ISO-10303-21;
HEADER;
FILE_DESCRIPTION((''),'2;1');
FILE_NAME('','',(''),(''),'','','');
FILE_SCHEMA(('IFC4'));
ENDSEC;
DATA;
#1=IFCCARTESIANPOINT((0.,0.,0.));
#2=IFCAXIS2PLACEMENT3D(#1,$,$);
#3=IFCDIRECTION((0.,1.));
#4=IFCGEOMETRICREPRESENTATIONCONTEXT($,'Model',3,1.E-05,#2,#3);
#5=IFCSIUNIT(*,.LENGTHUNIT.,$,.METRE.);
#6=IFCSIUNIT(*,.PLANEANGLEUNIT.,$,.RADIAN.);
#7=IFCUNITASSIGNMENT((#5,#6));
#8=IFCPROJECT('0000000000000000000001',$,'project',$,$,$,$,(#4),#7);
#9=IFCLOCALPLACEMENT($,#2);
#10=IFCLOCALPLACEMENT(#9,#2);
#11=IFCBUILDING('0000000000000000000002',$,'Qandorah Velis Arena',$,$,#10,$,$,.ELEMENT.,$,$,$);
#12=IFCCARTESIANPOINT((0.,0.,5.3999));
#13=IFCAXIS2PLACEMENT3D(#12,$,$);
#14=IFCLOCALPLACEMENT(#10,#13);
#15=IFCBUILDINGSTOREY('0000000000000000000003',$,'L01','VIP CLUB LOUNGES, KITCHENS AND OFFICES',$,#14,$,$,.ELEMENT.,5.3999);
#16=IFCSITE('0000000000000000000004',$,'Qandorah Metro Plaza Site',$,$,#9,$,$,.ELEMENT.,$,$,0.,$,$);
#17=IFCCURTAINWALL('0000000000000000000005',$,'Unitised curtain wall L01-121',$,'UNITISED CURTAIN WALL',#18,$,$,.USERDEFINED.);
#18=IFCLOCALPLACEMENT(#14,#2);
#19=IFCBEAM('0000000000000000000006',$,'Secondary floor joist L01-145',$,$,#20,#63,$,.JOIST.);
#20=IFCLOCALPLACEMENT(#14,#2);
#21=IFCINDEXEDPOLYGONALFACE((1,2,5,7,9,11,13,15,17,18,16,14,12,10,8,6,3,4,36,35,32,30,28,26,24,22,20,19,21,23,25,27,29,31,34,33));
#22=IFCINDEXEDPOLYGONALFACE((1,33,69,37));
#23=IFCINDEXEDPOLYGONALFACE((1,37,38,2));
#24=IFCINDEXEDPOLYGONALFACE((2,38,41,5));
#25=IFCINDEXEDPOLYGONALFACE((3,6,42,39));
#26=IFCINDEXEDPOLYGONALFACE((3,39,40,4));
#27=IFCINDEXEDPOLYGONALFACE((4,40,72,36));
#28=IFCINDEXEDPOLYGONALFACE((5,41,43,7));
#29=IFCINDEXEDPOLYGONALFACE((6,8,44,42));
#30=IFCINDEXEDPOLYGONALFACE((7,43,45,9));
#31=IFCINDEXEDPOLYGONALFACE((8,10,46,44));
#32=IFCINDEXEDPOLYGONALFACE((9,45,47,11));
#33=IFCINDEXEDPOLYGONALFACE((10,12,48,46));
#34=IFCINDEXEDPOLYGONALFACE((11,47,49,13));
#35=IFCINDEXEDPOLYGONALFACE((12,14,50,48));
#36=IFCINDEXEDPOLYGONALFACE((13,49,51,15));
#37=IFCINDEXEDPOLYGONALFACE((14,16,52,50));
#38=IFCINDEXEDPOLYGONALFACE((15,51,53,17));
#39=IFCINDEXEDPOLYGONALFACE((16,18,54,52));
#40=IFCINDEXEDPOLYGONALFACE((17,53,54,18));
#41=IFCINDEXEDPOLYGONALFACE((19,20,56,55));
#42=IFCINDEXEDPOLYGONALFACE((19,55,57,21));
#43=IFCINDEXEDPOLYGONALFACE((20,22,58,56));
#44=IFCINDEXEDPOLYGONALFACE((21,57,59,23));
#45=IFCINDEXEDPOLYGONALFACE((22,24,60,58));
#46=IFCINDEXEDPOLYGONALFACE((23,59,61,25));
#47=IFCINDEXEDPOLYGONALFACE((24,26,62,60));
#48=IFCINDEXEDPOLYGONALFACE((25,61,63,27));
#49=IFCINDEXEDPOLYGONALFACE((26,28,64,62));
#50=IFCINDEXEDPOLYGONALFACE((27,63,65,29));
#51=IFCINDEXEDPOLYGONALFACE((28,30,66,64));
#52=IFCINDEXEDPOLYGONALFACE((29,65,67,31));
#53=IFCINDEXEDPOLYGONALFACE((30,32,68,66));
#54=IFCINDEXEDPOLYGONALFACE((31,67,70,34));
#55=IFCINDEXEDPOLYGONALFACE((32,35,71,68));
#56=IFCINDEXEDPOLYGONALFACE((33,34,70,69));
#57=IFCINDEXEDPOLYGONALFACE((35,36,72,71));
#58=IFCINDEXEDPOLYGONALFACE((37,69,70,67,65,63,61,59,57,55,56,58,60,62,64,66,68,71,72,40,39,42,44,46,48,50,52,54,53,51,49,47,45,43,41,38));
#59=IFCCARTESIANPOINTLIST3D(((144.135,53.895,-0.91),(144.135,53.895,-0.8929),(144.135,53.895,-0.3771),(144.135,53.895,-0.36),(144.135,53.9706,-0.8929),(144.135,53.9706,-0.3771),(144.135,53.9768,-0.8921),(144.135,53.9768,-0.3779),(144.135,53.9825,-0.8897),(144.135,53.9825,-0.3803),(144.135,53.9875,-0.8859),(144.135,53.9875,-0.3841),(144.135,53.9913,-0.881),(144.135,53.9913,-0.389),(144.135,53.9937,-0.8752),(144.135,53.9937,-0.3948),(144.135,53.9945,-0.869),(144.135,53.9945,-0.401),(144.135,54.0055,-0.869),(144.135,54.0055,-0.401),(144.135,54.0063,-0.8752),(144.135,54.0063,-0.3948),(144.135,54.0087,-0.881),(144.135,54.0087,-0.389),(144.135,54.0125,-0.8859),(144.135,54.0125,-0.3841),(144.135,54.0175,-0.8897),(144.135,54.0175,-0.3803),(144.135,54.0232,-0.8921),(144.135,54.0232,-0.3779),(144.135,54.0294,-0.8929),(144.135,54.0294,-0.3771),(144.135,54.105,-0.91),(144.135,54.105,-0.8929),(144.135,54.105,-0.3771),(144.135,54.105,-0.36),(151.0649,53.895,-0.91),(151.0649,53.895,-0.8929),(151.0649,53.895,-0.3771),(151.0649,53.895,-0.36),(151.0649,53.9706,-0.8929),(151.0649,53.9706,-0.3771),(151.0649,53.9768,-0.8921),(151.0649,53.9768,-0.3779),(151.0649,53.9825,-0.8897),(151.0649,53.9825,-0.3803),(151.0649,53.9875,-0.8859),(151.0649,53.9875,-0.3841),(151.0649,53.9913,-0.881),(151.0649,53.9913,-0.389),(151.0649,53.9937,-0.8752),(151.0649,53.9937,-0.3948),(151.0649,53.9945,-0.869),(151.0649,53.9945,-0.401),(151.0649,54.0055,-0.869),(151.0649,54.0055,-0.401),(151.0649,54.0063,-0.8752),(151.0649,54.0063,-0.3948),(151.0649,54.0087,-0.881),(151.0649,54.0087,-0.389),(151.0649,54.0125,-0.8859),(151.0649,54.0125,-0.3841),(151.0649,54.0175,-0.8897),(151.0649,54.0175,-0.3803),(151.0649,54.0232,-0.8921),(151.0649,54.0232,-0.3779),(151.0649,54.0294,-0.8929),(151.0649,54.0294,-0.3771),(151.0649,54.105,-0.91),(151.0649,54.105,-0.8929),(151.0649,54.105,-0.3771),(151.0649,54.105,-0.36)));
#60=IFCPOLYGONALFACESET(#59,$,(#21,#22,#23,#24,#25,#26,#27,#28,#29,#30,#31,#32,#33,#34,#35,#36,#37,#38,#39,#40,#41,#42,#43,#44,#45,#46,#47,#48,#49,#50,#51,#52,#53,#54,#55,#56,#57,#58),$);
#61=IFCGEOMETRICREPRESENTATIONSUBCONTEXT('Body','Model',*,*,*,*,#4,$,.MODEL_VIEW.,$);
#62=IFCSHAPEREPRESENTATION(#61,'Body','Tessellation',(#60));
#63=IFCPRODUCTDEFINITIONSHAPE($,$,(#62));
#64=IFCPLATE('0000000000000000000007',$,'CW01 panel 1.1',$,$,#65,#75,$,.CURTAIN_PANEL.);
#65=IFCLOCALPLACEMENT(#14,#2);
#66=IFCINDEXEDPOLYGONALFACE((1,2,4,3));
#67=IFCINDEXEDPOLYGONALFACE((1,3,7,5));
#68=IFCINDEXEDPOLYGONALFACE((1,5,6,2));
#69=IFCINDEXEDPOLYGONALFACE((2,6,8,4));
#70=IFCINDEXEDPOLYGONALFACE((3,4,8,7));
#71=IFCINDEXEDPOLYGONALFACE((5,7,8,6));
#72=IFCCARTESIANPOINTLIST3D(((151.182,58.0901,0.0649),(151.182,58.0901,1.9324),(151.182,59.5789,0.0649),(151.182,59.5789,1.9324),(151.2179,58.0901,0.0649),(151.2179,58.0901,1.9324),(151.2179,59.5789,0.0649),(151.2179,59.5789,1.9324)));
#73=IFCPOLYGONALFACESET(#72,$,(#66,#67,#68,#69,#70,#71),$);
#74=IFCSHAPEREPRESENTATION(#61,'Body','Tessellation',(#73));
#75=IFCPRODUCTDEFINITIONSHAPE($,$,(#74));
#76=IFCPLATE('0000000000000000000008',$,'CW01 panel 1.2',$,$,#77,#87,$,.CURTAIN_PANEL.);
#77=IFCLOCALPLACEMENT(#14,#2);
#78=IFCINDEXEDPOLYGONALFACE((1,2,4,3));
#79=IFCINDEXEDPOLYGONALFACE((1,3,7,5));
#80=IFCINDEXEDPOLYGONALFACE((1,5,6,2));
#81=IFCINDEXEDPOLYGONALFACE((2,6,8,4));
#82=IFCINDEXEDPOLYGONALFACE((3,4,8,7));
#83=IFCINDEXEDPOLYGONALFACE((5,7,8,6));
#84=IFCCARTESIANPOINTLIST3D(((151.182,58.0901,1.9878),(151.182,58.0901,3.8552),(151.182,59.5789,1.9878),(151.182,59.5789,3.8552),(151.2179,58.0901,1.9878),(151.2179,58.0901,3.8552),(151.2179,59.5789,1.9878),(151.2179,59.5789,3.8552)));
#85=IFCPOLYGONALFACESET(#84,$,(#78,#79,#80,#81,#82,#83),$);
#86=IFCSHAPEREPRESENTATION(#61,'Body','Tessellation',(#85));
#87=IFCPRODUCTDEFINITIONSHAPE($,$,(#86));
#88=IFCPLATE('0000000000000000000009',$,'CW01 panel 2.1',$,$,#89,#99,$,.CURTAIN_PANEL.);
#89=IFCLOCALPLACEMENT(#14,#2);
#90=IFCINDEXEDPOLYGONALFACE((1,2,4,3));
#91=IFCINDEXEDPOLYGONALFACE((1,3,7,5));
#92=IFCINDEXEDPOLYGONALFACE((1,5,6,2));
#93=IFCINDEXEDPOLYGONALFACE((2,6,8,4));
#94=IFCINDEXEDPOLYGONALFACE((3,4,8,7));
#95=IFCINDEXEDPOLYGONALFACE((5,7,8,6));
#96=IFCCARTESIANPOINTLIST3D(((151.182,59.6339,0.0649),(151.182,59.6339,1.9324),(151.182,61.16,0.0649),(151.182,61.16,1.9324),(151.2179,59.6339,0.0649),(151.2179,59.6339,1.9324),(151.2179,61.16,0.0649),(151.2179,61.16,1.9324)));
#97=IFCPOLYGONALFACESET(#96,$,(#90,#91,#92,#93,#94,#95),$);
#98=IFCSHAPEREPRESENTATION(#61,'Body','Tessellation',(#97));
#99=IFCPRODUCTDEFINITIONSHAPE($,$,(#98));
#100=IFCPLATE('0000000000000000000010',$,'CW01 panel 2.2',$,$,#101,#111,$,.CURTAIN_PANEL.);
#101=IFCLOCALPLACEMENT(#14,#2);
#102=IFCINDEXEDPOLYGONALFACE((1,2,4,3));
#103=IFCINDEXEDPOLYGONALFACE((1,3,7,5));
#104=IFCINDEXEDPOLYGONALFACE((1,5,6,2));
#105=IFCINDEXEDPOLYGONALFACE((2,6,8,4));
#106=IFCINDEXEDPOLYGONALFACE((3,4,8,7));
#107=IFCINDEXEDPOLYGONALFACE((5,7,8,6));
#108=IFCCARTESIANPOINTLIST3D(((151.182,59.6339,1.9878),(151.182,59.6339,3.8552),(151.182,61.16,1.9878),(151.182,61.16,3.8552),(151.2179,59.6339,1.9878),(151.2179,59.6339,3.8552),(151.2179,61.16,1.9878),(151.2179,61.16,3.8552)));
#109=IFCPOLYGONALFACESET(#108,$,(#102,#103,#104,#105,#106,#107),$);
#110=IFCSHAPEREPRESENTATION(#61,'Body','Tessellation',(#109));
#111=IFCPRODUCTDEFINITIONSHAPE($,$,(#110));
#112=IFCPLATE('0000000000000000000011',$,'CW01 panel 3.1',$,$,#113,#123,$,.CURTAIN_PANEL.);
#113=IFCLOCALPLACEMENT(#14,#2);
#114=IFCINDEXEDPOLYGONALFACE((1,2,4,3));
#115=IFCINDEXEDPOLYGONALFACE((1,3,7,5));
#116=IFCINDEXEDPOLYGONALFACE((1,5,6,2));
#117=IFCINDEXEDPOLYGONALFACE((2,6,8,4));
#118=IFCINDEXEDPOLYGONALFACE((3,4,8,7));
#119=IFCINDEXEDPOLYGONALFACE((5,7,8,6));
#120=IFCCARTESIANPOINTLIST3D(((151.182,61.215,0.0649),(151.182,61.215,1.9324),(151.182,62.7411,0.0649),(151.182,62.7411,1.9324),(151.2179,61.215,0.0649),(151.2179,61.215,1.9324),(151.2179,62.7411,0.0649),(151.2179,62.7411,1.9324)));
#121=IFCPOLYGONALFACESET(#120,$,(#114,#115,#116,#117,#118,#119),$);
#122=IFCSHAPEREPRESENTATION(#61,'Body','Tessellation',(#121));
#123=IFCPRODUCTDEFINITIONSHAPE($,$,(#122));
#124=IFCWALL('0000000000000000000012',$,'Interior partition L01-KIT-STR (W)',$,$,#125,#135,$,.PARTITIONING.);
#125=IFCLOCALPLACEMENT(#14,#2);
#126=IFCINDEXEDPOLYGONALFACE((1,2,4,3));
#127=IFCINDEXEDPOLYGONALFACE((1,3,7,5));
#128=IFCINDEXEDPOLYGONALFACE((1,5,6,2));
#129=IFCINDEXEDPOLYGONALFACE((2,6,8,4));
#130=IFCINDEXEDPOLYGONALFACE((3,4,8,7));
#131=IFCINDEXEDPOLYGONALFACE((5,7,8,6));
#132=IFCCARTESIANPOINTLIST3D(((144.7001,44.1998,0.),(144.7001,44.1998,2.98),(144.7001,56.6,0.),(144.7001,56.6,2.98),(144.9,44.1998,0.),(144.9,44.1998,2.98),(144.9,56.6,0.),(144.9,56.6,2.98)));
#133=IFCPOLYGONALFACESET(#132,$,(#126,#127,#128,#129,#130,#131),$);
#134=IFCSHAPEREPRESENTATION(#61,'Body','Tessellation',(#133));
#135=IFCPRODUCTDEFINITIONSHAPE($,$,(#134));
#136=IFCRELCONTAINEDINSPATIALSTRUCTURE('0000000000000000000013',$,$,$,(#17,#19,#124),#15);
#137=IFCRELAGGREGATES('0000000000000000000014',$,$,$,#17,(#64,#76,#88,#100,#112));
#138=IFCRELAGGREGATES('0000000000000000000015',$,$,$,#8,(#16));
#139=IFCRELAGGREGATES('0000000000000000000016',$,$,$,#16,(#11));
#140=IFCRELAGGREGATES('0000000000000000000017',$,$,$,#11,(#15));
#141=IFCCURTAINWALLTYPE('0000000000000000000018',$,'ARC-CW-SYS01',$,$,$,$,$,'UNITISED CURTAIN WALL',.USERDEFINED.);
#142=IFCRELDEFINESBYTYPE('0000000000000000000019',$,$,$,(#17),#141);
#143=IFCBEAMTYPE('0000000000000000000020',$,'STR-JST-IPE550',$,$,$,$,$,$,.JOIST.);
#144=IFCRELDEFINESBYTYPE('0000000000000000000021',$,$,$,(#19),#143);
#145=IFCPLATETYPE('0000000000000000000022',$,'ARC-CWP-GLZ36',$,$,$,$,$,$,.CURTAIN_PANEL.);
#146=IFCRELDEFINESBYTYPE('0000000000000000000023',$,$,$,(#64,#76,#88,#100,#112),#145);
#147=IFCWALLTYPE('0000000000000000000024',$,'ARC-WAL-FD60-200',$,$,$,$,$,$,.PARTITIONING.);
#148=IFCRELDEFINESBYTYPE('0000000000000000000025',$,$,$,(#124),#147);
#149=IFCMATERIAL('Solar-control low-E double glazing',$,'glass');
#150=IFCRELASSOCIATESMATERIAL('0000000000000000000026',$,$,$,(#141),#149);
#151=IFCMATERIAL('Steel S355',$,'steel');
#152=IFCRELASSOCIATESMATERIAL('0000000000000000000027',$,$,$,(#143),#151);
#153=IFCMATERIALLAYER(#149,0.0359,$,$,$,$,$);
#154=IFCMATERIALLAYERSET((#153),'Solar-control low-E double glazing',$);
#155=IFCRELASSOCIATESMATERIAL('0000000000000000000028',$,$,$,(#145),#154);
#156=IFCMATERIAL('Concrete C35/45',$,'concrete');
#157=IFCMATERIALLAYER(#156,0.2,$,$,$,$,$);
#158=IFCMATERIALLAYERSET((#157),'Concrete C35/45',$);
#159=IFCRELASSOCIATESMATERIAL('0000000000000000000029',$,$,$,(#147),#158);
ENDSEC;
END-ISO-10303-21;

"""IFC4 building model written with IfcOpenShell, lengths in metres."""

from ifc_helpers import new_model, si_unit, direction, frame, frame_2d, origin, origin_2d, place, context, subcontext, project, spatial, rectangle, i_section, extrude, material, layer, layer_set, material_profile, profile_set, type_object, element, aggregate, save


model = new_model("IFC4")

# Units and contexts
model_context = context("Model", 3, precision=1e-05, world=origin(), true_north=direction((0.0, 1.0)))
body_context = subcontext(model_context, "Body", "Model", "MODEL_VIEW")
ifc_project = project(units=[si_unit("LENGTHUNIT", "METRE"), si_unit("PLANEANGLEUNIT", "RADIAN")], contexts=[model_context])

# Site, building, storey
site_placement = place(None, origin())
site = spatial("IfcSite", under=ifc_project, at=site_placement, Name="Qandorah Metro Plaza Site", CompositionType="ELEMENT", RefElevation=0.0)
building_placement = place(site_placement, origin())
building = spatial("IfcBuilding", under=site, at=building_placement, Name="Qandorah Velis Arena", CompositionType="ELEMENT")
storey_placement = place(building_placement, frame((0.0, 0.0, 5.3999)))
storey = spatial("IfcBuildingStorey", under=building, at=storey_placement, Name="L01", Description="VIP CLUB LOUNGES, KITCHENS AND OFFICES", CompositionType="ELEMENT", Elevation=5.3999)

# Curtain wall
ifc_material_1 = material(Name="Solar-control low-E double glazing", Category="glass")
curtain_wall_type = type_object("IfcCurtainWallType", Name="ARC-CW-SYS01", ElementType="UNITISED CURTAIN WALL", PredefinedType="USERDEFINED", material=ifc_material_1)
curtain_wall_placement = place(storey_placement, origin())
curtain_wall = element("IfcCurtainWall", 1, at=curtain_wall_placement, inside=storey, type_object=curtain_wall_type, Name="Unitised curtain wall L01-121", ObjectType="UNITISED CURTAIN WALL", PredefinedType="USERDEFINED")

# Beam
ifc_material_2 = material(Name="Steel S355", Category="steel")
ifc_material_profile_1 = material_profile(ifc_material_2, i_section(OverallWidth=0.21, OverallDepth=0.55, WebThickness=0.011, FlangeThickness=0.0171, FilletRadius=0.0239, at=origin_2d()), Name="IPE 550")
ifc_profile_set_1 = profile_set([ifc_material_profile_1], Name="Steel S355")
beam_type_1 = type_object("IfcBeamType", Name="STR-JST-IPE550", PredefinedType="JOIST", material=ifc_profile_set_1)
beam_1_placement = place(storey_placement, frame((144.135, 54.0, -0.635), z_axis=(1.0, 0.0, 0.0), x_axis=(0.0, 1.0, 0.0)))
element("IfcBeam", 2, at=beam_1_placement, inside=storey, type_object=beam_type_1, Name="Secondary floor joist L01-145", PredefinedType="JOIST", context=body_context, shape_type="SweptSolid", body=[
    extrude(i_section(OverallWidth=0.21, OverallDepth=0.55, WebThickness=0.011, FlangeThickness=0.0171, FilletRadius=0.0239, at=origin_2d()), origin(), (0.0, 0.0, 1.0), 6.9299),
])

# Plates
ifc_layer_1 = layer(ifc_material_1, 0.0359)
ifc_layer_set_1 = layer_set([ifc_layer_1], Name="Solar-control low-E double glazing")
plate_type = type_object("IfcPlateType", Name="ARC-CWP-GLZ36", PredefinedType="CURTAIN_PANEL", material=ifc_layer_set_1)
plate_1_placement = place(storey_placement, frame((151.2, 58.8345, 0.0649), z_axis=(0.0, 0.0, 1.0), x_axis=(0.0, 1.0, 0.0)))
plate_1 = element("IfcPlate", 3, at=plate_1_placement, type_object=plate_type, Name="CW01 panel 1.1", PredefinedType="CURTAIN_PANEL", context=body_context, shape_type="SweptSolid", body=[
    extrude(rectangle(XDim=1.4888, YDim=0.0359, at=origin_2d()), origin(), (0.0, 0.0, 1.0), 1.8674),
])
plate_2_placement = place(storey_placement, frame((151.2, 58.8345, 1.9878), z_axis=(0.0, 0.0, 1.0), x_axis=(0.0, 1.0, 0.0)))
plate_2 = element("IfcPlate", 4, at=plate_2_placement, type_object=plate_type, Name="CW01 panel 1.2", PredefinedType="CURTAIN_PANEL", context=body_context, shape_type="SweptSolid", body=[
    extrude(rectangle(XDim=1.4888, YDim=0.0359, at=origin_2d()), origin(), (0.0, 0.0, 1.0), 1.8674),
])
plate_3_placement = place(storey_placement, frame((151.2, 60.397, 0.0649), z_axis=(0.0, 0.0, 1.0), x_axis=(0.0, 1.0, 0.0)))
plate_3 = element("IfcPlate", 5, at=plate_3_placement, type_object=plate_type, Name="CW01 panel 2.1", PredefinedType="CURTAIN_PANEL", context=body_context, shape_type="SweptSolid", body=[
    extrude(rectangle(XDim=1.5261, YDim=0.0359, at=origin_2d()), origin(), (0.0, 0.0, 1.0), 1.8674),
])
plate_4_placement = place(storey_placement, frame((151.2, 60.397, 1.9878), z_axis=(0.0, 0.0, 1.0), x_axis=(0.0, 1.0, 0.0)))
plate_4 = element("IfcPlate", 6, at=plate_4_placement, type_object=plate_type, Name="CW01 panel 2.2", PredefinedType="CURTAIN_PANEL", context=body_context, shape_type="SweptSolid", body=[
    extrude(rectangle(XDim=1.5261, YDim=0.0359, at=origin_2d()), origin(), (0.0, 0.0, 1.0), 1.8674),
])
plate_5_placement = place(storey_placement, frame((151.2, 61.978, 0.0649), z_axis=(0.0, 0.0, 1.0), x_axis=(0.0, 1.0, 0.0)))
plate_5 = element("IfcPlate", 7, at=plate_5_placement, type_object=plate_type, Name="CW01 panel 3.1", PredefinedType="CURTAIN_PANEL", context=body_context, shape_type="SweptSolid", body=[
    extrude(rectangle(XDim=1.5261, YDim=0.0359, at=origin_2d()), origin(), (0.0, 0.0, 1.0), 1.8674),
])
aggregate(curtain_wall, [plate_1, plate_2, plate_3, plate_4, plate_5])

# Wall
ifc_material_3 = material(Name="Concrete C35/45", Category="concrete")
ifc_layer_2 = layer(ifc_material_3, 0.2)
ifc_layer_set_2 = layer_set([ifc_layer_2], Name="Concrete C35/45")
wall_type = type_object("IfcWallType", Name="ARC-WAL-FD60-200", PredefinedType="PARTITIONING", material=ifc_layer_set_2)
wall_placement = place(storey_placement, frame((144.8, 56.6001, 0.0), z_axis=(0.0, 0.0, 1.0), x_axis=(0.0, -1.0, 0.0)))
element("IfcWall", 8, at=wall_placement, inside=storey, type_object=wall_type, Name="Interior partition L01-KIT-STR (W)", PredefinedType="PARTITIONING", context=body_context, shape_type="SweptSolid", body=[
    extrude(rectangle(XDim=12.4001, YDim=0.2, at=frame_2d((6.2002, 0.0))), origin(), (0.0, 0.0, 1.0), 2.98),
])

save(model, "model.ifc")
